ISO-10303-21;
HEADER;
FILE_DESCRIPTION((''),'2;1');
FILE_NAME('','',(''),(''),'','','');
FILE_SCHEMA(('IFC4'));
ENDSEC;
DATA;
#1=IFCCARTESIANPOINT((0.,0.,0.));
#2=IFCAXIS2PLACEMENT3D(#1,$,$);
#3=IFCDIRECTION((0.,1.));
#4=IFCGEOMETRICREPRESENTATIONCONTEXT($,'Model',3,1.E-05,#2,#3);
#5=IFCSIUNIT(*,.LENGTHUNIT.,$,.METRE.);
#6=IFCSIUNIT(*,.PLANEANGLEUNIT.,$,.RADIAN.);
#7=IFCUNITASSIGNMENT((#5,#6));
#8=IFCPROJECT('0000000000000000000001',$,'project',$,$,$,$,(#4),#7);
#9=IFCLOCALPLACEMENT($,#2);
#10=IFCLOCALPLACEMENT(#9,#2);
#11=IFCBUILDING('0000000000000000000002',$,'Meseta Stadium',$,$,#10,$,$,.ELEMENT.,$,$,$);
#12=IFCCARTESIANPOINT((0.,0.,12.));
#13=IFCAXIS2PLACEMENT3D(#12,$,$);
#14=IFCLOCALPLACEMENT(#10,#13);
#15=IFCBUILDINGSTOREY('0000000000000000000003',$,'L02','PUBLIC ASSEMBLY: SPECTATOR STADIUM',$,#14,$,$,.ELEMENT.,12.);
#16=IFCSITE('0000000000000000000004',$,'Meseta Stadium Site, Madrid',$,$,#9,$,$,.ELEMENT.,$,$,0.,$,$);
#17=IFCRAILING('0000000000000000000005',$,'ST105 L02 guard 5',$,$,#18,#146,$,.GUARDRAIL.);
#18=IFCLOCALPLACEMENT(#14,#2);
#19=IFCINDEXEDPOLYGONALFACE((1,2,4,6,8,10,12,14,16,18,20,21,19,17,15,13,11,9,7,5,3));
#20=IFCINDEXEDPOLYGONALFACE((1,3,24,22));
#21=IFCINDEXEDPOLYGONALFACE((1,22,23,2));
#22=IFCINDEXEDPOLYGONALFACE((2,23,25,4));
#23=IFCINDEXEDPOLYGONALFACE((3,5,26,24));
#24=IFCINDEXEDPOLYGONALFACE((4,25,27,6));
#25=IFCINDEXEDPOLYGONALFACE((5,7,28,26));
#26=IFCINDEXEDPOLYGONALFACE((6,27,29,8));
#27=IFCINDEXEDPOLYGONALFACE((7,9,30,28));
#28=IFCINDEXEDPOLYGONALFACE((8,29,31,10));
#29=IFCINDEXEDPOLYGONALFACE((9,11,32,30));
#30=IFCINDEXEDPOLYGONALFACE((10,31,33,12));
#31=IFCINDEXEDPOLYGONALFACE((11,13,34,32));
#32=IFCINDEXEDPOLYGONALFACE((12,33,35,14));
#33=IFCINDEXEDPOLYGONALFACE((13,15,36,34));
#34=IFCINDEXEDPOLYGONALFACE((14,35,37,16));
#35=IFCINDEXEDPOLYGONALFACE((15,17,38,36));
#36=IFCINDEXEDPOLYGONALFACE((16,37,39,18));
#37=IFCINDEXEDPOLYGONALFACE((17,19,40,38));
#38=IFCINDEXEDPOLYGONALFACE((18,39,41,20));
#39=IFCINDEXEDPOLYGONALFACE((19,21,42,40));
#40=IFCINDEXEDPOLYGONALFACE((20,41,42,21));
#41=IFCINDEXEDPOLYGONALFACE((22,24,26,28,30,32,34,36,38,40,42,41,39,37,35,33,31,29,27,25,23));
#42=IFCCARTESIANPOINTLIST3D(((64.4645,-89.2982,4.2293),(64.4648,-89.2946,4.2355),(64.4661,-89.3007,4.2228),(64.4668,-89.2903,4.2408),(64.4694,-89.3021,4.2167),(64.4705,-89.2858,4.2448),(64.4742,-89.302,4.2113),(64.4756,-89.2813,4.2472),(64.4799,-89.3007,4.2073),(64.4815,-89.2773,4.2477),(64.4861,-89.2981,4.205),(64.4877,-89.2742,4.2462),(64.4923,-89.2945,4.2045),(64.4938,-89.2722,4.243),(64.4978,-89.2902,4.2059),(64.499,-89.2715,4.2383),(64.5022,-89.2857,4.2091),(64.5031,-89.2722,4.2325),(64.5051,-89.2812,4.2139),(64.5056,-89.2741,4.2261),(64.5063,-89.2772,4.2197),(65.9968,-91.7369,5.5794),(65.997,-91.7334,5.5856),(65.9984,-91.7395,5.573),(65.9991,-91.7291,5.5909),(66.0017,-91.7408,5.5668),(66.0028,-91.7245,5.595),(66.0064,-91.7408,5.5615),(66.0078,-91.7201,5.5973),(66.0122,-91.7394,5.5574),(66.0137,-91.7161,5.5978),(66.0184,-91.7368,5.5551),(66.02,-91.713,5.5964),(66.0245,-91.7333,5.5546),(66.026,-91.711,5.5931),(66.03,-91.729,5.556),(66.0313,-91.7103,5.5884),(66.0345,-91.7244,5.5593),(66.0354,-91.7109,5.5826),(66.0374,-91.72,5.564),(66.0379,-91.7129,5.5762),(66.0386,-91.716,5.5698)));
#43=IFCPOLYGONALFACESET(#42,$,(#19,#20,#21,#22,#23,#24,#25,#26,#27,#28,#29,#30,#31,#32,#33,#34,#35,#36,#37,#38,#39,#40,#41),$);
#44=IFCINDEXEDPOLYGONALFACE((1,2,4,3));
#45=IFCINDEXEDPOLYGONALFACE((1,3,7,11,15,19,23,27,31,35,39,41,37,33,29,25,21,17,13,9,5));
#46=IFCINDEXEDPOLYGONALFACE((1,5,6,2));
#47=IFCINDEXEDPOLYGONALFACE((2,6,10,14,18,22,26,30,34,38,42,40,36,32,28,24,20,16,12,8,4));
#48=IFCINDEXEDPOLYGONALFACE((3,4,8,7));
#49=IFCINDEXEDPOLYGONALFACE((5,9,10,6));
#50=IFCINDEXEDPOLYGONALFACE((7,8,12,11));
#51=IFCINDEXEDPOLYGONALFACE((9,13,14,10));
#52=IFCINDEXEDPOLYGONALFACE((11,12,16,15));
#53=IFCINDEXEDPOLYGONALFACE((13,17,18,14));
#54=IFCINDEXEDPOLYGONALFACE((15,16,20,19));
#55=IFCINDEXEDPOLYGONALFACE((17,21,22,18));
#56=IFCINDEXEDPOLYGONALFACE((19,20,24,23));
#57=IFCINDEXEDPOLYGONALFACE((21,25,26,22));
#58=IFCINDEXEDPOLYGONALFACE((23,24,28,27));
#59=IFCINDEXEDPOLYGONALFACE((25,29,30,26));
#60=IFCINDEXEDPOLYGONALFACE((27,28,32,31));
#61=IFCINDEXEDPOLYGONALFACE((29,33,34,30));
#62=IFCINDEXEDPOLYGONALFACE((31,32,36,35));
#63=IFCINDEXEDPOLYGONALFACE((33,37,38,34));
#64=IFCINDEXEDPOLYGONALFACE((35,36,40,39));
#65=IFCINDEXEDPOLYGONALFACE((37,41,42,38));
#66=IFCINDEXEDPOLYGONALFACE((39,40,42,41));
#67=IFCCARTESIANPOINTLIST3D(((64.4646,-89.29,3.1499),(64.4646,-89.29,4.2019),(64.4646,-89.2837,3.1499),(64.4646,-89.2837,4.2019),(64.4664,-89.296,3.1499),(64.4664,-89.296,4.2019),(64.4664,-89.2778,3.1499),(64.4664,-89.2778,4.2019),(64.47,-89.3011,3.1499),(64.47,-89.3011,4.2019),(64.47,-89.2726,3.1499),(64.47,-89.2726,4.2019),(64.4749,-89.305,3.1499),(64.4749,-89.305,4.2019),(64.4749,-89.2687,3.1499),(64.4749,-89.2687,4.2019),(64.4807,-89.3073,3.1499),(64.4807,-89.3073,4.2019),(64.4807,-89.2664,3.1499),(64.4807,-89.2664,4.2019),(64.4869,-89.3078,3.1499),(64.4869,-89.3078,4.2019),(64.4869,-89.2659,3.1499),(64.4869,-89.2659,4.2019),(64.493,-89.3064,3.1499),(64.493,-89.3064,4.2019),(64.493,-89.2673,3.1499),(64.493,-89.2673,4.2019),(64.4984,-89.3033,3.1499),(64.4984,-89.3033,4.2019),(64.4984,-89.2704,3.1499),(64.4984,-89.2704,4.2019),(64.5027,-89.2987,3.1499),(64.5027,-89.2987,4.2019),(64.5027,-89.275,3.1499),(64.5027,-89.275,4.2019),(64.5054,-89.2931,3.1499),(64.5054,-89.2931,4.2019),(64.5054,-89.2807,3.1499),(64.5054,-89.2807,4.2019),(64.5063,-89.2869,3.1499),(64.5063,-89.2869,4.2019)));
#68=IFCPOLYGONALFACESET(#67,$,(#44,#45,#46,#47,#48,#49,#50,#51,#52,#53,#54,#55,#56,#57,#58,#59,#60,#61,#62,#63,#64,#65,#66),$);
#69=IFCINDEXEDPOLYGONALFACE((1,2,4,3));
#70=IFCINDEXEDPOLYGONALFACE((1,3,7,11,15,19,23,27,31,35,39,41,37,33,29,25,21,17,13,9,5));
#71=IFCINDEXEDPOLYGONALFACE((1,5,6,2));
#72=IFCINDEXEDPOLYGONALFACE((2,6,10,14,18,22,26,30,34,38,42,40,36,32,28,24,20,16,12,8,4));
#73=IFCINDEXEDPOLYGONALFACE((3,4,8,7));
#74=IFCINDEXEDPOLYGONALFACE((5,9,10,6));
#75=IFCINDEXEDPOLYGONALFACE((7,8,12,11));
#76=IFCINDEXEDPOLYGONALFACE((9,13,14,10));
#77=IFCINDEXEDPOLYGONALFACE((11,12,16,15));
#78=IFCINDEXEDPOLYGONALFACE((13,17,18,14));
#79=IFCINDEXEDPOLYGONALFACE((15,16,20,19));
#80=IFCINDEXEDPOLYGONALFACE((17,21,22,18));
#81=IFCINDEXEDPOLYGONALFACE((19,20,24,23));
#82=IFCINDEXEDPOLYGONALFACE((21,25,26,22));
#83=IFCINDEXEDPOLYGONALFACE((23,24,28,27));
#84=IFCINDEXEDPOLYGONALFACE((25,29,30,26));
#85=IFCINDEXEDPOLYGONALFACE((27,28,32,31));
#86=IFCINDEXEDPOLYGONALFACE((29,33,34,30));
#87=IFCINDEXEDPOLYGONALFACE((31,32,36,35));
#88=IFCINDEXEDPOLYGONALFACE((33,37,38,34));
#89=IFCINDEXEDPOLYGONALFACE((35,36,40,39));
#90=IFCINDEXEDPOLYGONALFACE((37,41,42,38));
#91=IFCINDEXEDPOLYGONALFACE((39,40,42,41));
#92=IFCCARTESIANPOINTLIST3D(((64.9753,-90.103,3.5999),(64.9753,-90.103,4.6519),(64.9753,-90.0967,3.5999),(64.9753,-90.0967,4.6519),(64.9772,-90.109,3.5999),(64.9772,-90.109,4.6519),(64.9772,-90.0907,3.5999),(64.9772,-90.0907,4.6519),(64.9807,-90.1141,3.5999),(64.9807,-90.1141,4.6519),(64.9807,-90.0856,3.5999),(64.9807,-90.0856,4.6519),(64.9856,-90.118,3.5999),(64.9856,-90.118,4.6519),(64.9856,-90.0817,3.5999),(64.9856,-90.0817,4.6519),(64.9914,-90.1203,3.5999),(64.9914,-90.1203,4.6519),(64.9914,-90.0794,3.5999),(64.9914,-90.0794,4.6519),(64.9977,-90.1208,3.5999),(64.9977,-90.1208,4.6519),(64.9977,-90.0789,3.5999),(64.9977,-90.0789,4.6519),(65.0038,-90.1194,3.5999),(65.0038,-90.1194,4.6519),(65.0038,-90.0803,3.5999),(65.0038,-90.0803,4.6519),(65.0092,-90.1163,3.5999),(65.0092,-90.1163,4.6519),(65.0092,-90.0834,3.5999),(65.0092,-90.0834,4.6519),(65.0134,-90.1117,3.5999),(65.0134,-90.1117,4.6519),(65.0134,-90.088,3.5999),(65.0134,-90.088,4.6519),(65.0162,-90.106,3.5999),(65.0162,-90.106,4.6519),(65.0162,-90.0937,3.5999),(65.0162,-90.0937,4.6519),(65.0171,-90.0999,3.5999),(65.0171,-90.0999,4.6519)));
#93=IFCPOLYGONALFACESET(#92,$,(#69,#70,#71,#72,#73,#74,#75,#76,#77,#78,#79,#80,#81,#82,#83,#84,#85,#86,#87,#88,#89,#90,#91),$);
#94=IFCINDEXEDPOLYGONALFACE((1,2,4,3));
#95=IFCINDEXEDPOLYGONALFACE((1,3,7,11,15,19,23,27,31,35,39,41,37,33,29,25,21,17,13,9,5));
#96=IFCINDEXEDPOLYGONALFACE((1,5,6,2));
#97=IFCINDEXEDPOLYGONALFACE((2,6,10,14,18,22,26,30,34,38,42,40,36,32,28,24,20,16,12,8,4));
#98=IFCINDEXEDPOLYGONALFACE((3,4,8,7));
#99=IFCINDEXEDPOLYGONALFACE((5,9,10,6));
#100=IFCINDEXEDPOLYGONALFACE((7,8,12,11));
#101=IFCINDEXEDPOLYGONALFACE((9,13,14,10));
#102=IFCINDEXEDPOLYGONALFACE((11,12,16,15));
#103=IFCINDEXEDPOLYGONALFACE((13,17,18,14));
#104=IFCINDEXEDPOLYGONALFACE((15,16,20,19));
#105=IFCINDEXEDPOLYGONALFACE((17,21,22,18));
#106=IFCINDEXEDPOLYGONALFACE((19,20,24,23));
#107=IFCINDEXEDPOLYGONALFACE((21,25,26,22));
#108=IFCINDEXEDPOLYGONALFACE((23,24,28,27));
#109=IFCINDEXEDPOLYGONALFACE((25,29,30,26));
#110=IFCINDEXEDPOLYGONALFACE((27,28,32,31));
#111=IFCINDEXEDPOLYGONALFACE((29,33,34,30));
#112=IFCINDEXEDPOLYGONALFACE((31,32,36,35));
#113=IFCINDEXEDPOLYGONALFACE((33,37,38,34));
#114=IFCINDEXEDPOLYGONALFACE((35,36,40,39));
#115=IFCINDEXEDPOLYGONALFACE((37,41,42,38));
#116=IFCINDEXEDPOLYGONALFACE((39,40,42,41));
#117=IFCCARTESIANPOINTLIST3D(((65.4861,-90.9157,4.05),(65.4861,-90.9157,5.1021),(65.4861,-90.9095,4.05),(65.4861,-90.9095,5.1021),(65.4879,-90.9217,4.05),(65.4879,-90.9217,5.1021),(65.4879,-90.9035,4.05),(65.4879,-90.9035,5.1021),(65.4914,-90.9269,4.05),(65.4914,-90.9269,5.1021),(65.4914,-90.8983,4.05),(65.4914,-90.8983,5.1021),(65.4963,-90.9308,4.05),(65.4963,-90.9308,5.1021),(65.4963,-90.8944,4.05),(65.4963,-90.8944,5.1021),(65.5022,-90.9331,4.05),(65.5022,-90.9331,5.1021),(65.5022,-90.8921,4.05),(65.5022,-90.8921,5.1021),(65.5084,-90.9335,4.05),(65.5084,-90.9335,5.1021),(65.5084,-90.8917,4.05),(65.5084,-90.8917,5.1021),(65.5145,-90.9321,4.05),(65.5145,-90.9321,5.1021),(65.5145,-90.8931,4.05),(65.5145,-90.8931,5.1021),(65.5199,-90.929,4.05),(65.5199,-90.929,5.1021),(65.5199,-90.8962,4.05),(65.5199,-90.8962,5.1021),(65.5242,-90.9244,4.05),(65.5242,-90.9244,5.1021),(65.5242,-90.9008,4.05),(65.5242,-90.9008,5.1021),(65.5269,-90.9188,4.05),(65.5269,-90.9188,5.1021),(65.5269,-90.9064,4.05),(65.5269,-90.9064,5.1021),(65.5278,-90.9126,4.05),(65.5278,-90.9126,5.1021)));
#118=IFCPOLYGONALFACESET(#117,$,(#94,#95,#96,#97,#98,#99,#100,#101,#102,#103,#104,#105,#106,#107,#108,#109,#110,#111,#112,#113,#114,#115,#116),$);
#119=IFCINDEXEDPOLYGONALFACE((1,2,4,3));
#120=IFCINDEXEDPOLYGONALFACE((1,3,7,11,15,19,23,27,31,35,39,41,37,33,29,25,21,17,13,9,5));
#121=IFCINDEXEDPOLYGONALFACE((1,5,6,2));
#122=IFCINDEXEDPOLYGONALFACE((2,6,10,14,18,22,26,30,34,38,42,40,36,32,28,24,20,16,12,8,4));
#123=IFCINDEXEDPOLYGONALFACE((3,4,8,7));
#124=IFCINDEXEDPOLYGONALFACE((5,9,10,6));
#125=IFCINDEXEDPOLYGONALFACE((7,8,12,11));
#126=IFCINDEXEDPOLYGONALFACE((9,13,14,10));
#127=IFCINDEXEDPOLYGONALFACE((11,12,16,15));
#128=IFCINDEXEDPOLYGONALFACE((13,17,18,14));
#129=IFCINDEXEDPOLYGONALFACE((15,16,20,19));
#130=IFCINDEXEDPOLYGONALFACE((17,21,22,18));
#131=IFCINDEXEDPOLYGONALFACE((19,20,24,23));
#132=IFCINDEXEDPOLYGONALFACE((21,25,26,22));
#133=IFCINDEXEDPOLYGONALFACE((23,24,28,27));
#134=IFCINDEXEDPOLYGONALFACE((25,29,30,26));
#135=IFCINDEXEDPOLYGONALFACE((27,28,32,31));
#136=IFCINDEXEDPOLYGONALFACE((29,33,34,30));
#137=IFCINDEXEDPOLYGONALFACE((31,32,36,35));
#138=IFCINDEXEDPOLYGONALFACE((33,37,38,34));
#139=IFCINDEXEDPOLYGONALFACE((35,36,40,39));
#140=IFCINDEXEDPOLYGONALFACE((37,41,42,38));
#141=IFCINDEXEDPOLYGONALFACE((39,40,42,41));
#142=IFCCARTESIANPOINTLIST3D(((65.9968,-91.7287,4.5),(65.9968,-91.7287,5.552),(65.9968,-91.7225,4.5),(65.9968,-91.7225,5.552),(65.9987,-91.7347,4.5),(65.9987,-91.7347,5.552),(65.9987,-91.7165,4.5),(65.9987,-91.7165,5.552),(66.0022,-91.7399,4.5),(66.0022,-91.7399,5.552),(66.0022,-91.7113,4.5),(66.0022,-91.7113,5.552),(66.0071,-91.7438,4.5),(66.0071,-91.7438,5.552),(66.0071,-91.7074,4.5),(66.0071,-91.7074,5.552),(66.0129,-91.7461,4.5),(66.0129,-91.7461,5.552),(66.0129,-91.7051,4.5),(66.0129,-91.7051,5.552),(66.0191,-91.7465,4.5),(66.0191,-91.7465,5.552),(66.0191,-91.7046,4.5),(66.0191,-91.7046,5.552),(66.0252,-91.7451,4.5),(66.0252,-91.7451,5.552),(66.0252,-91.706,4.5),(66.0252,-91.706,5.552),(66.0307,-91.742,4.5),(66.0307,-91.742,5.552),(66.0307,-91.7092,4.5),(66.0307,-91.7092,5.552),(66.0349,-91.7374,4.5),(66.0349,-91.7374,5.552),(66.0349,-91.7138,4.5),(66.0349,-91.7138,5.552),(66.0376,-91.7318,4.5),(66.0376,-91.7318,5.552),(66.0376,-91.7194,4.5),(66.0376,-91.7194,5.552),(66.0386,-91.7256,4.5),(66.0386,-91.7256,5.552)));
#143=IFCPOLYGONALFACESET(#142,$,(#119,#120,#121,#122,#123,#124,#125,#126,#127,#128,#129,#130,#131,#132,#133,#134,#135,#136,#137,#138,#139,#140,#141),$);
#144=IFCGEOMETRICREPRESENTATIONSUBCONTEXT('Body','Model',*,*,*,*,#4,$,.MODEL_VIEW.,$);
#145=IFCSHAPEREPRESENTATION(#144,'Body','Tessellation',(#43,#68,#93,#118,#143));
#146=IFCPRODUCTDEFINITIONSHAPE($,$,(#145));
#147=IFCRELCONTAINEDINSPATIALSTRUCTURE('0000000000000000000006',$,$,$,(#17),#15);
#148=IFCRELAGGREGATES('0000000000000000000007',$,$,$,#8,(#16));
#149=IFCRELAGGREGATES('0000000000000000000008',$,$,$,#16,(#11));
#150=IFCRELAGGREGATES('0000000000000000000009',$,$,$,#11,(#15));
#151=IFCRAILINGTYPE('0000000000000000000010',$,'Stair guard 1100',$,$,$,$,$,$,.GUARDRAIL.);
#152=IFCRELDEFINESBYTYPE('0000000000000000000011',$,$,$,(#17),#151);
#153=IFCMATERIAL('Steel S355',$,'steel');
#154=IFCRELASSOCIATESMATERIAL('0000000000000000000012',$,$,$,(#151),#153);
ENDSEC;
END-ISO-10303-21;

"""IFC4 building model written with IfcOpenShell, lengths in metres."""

from ifc_helpers import new_model, si_unit, direction, frame, origin, origin_2d, place, context, subcontext, project, spatial, circle, extrude, material, type_object, element, save


model = new_model("IFC4")

# Units and contexts
model_context = context("Model", 3, precision=1e-05, world=origin(), true_north=direction((0.0, 1.0)))
body_context = subcontext(model_context, "Body", "Model", "MODEL_VIEW")
ifc_project = project(units=[si_unit("LENGTHUNIT", "METRE"), si_unit("PLANEANGLEUNIT", "RADIAN")], contexts=[model_context])

# Site, building, storey
site_placement = place(None, origin())
site = spatial("IfcSite", under=ifc_project, at=site_placement, Name="Meseta Stadium Site, Madrid", CompositionType="ELEMENT", RefElevation=0.0)
building_placement = place(site_placement, origin())
building = spatial("IfcBuilding", under=site, at=building_placement, Name="Meseta Stadium", CompositionType="ELEMENT")
storey_placement = place(building_placement, frame((0.0, 0.0, 12.0)))
storey = spatial("IfcBuildingStorey", under=building, at=storey_placement, Name="L02", Description="PUBLIC ASSEMBLY: SPECTATOR STADIUM", CompositionType="ELEMENT", Elevation=12.0)

# Railing
ifc_material_1 = material(Name="Steel S355", Category="steel")
railing_type_1 = type_object("IfcRailingType", Name="Stair guard 1100", PredefinedType="GUARDRAIL", material=ifc_material_1)
railing_1_placement = place(storey_placement, frame((64.4854, -89.2869, 3.1499)))
element("IfcRailing", 1, at=railing_1_placement, inside=storey, type_object=railing_type_1, Name="ST105 L02 guard 5", PredefinedType="GUARDRAIL", context=body_context, shape_type="SweptSolid", body=[
    extrude(circle(Radius=0.0239, at=origin_2d()), frame((0.0, 0.0, 1.0762), z_axis=(0.481703, -0.766687, 0.424445), x_axis=(0.846743, 0.532001, 0.0)), (0.0, 0.0, 1.0), 3.1809),
    extrude(circle(Radius=0.021, at=origin_2d()), origin(), (0.0, 0.0, 1.0), 1.052),
    extrude(circle(Radius=0.021, at=origin_2d()), frame((0.5107, -0.813, 0.45)), (0.0, 0.0, 1.0), 1.052),
    extrude(circle(Radius=0.021, at=origin_2d()), frame((1.0215, -1.6257, 0.9001)), (0.0, 0.0, 1.0), 1.052),
    extrude(circle(Radius=0.021, at=origin_2d()), frame((1.5322, -2.4387, 1.3501)), (0.0, 0.0, 1.0), 1.052),
])

save(model, "model.ifc")
